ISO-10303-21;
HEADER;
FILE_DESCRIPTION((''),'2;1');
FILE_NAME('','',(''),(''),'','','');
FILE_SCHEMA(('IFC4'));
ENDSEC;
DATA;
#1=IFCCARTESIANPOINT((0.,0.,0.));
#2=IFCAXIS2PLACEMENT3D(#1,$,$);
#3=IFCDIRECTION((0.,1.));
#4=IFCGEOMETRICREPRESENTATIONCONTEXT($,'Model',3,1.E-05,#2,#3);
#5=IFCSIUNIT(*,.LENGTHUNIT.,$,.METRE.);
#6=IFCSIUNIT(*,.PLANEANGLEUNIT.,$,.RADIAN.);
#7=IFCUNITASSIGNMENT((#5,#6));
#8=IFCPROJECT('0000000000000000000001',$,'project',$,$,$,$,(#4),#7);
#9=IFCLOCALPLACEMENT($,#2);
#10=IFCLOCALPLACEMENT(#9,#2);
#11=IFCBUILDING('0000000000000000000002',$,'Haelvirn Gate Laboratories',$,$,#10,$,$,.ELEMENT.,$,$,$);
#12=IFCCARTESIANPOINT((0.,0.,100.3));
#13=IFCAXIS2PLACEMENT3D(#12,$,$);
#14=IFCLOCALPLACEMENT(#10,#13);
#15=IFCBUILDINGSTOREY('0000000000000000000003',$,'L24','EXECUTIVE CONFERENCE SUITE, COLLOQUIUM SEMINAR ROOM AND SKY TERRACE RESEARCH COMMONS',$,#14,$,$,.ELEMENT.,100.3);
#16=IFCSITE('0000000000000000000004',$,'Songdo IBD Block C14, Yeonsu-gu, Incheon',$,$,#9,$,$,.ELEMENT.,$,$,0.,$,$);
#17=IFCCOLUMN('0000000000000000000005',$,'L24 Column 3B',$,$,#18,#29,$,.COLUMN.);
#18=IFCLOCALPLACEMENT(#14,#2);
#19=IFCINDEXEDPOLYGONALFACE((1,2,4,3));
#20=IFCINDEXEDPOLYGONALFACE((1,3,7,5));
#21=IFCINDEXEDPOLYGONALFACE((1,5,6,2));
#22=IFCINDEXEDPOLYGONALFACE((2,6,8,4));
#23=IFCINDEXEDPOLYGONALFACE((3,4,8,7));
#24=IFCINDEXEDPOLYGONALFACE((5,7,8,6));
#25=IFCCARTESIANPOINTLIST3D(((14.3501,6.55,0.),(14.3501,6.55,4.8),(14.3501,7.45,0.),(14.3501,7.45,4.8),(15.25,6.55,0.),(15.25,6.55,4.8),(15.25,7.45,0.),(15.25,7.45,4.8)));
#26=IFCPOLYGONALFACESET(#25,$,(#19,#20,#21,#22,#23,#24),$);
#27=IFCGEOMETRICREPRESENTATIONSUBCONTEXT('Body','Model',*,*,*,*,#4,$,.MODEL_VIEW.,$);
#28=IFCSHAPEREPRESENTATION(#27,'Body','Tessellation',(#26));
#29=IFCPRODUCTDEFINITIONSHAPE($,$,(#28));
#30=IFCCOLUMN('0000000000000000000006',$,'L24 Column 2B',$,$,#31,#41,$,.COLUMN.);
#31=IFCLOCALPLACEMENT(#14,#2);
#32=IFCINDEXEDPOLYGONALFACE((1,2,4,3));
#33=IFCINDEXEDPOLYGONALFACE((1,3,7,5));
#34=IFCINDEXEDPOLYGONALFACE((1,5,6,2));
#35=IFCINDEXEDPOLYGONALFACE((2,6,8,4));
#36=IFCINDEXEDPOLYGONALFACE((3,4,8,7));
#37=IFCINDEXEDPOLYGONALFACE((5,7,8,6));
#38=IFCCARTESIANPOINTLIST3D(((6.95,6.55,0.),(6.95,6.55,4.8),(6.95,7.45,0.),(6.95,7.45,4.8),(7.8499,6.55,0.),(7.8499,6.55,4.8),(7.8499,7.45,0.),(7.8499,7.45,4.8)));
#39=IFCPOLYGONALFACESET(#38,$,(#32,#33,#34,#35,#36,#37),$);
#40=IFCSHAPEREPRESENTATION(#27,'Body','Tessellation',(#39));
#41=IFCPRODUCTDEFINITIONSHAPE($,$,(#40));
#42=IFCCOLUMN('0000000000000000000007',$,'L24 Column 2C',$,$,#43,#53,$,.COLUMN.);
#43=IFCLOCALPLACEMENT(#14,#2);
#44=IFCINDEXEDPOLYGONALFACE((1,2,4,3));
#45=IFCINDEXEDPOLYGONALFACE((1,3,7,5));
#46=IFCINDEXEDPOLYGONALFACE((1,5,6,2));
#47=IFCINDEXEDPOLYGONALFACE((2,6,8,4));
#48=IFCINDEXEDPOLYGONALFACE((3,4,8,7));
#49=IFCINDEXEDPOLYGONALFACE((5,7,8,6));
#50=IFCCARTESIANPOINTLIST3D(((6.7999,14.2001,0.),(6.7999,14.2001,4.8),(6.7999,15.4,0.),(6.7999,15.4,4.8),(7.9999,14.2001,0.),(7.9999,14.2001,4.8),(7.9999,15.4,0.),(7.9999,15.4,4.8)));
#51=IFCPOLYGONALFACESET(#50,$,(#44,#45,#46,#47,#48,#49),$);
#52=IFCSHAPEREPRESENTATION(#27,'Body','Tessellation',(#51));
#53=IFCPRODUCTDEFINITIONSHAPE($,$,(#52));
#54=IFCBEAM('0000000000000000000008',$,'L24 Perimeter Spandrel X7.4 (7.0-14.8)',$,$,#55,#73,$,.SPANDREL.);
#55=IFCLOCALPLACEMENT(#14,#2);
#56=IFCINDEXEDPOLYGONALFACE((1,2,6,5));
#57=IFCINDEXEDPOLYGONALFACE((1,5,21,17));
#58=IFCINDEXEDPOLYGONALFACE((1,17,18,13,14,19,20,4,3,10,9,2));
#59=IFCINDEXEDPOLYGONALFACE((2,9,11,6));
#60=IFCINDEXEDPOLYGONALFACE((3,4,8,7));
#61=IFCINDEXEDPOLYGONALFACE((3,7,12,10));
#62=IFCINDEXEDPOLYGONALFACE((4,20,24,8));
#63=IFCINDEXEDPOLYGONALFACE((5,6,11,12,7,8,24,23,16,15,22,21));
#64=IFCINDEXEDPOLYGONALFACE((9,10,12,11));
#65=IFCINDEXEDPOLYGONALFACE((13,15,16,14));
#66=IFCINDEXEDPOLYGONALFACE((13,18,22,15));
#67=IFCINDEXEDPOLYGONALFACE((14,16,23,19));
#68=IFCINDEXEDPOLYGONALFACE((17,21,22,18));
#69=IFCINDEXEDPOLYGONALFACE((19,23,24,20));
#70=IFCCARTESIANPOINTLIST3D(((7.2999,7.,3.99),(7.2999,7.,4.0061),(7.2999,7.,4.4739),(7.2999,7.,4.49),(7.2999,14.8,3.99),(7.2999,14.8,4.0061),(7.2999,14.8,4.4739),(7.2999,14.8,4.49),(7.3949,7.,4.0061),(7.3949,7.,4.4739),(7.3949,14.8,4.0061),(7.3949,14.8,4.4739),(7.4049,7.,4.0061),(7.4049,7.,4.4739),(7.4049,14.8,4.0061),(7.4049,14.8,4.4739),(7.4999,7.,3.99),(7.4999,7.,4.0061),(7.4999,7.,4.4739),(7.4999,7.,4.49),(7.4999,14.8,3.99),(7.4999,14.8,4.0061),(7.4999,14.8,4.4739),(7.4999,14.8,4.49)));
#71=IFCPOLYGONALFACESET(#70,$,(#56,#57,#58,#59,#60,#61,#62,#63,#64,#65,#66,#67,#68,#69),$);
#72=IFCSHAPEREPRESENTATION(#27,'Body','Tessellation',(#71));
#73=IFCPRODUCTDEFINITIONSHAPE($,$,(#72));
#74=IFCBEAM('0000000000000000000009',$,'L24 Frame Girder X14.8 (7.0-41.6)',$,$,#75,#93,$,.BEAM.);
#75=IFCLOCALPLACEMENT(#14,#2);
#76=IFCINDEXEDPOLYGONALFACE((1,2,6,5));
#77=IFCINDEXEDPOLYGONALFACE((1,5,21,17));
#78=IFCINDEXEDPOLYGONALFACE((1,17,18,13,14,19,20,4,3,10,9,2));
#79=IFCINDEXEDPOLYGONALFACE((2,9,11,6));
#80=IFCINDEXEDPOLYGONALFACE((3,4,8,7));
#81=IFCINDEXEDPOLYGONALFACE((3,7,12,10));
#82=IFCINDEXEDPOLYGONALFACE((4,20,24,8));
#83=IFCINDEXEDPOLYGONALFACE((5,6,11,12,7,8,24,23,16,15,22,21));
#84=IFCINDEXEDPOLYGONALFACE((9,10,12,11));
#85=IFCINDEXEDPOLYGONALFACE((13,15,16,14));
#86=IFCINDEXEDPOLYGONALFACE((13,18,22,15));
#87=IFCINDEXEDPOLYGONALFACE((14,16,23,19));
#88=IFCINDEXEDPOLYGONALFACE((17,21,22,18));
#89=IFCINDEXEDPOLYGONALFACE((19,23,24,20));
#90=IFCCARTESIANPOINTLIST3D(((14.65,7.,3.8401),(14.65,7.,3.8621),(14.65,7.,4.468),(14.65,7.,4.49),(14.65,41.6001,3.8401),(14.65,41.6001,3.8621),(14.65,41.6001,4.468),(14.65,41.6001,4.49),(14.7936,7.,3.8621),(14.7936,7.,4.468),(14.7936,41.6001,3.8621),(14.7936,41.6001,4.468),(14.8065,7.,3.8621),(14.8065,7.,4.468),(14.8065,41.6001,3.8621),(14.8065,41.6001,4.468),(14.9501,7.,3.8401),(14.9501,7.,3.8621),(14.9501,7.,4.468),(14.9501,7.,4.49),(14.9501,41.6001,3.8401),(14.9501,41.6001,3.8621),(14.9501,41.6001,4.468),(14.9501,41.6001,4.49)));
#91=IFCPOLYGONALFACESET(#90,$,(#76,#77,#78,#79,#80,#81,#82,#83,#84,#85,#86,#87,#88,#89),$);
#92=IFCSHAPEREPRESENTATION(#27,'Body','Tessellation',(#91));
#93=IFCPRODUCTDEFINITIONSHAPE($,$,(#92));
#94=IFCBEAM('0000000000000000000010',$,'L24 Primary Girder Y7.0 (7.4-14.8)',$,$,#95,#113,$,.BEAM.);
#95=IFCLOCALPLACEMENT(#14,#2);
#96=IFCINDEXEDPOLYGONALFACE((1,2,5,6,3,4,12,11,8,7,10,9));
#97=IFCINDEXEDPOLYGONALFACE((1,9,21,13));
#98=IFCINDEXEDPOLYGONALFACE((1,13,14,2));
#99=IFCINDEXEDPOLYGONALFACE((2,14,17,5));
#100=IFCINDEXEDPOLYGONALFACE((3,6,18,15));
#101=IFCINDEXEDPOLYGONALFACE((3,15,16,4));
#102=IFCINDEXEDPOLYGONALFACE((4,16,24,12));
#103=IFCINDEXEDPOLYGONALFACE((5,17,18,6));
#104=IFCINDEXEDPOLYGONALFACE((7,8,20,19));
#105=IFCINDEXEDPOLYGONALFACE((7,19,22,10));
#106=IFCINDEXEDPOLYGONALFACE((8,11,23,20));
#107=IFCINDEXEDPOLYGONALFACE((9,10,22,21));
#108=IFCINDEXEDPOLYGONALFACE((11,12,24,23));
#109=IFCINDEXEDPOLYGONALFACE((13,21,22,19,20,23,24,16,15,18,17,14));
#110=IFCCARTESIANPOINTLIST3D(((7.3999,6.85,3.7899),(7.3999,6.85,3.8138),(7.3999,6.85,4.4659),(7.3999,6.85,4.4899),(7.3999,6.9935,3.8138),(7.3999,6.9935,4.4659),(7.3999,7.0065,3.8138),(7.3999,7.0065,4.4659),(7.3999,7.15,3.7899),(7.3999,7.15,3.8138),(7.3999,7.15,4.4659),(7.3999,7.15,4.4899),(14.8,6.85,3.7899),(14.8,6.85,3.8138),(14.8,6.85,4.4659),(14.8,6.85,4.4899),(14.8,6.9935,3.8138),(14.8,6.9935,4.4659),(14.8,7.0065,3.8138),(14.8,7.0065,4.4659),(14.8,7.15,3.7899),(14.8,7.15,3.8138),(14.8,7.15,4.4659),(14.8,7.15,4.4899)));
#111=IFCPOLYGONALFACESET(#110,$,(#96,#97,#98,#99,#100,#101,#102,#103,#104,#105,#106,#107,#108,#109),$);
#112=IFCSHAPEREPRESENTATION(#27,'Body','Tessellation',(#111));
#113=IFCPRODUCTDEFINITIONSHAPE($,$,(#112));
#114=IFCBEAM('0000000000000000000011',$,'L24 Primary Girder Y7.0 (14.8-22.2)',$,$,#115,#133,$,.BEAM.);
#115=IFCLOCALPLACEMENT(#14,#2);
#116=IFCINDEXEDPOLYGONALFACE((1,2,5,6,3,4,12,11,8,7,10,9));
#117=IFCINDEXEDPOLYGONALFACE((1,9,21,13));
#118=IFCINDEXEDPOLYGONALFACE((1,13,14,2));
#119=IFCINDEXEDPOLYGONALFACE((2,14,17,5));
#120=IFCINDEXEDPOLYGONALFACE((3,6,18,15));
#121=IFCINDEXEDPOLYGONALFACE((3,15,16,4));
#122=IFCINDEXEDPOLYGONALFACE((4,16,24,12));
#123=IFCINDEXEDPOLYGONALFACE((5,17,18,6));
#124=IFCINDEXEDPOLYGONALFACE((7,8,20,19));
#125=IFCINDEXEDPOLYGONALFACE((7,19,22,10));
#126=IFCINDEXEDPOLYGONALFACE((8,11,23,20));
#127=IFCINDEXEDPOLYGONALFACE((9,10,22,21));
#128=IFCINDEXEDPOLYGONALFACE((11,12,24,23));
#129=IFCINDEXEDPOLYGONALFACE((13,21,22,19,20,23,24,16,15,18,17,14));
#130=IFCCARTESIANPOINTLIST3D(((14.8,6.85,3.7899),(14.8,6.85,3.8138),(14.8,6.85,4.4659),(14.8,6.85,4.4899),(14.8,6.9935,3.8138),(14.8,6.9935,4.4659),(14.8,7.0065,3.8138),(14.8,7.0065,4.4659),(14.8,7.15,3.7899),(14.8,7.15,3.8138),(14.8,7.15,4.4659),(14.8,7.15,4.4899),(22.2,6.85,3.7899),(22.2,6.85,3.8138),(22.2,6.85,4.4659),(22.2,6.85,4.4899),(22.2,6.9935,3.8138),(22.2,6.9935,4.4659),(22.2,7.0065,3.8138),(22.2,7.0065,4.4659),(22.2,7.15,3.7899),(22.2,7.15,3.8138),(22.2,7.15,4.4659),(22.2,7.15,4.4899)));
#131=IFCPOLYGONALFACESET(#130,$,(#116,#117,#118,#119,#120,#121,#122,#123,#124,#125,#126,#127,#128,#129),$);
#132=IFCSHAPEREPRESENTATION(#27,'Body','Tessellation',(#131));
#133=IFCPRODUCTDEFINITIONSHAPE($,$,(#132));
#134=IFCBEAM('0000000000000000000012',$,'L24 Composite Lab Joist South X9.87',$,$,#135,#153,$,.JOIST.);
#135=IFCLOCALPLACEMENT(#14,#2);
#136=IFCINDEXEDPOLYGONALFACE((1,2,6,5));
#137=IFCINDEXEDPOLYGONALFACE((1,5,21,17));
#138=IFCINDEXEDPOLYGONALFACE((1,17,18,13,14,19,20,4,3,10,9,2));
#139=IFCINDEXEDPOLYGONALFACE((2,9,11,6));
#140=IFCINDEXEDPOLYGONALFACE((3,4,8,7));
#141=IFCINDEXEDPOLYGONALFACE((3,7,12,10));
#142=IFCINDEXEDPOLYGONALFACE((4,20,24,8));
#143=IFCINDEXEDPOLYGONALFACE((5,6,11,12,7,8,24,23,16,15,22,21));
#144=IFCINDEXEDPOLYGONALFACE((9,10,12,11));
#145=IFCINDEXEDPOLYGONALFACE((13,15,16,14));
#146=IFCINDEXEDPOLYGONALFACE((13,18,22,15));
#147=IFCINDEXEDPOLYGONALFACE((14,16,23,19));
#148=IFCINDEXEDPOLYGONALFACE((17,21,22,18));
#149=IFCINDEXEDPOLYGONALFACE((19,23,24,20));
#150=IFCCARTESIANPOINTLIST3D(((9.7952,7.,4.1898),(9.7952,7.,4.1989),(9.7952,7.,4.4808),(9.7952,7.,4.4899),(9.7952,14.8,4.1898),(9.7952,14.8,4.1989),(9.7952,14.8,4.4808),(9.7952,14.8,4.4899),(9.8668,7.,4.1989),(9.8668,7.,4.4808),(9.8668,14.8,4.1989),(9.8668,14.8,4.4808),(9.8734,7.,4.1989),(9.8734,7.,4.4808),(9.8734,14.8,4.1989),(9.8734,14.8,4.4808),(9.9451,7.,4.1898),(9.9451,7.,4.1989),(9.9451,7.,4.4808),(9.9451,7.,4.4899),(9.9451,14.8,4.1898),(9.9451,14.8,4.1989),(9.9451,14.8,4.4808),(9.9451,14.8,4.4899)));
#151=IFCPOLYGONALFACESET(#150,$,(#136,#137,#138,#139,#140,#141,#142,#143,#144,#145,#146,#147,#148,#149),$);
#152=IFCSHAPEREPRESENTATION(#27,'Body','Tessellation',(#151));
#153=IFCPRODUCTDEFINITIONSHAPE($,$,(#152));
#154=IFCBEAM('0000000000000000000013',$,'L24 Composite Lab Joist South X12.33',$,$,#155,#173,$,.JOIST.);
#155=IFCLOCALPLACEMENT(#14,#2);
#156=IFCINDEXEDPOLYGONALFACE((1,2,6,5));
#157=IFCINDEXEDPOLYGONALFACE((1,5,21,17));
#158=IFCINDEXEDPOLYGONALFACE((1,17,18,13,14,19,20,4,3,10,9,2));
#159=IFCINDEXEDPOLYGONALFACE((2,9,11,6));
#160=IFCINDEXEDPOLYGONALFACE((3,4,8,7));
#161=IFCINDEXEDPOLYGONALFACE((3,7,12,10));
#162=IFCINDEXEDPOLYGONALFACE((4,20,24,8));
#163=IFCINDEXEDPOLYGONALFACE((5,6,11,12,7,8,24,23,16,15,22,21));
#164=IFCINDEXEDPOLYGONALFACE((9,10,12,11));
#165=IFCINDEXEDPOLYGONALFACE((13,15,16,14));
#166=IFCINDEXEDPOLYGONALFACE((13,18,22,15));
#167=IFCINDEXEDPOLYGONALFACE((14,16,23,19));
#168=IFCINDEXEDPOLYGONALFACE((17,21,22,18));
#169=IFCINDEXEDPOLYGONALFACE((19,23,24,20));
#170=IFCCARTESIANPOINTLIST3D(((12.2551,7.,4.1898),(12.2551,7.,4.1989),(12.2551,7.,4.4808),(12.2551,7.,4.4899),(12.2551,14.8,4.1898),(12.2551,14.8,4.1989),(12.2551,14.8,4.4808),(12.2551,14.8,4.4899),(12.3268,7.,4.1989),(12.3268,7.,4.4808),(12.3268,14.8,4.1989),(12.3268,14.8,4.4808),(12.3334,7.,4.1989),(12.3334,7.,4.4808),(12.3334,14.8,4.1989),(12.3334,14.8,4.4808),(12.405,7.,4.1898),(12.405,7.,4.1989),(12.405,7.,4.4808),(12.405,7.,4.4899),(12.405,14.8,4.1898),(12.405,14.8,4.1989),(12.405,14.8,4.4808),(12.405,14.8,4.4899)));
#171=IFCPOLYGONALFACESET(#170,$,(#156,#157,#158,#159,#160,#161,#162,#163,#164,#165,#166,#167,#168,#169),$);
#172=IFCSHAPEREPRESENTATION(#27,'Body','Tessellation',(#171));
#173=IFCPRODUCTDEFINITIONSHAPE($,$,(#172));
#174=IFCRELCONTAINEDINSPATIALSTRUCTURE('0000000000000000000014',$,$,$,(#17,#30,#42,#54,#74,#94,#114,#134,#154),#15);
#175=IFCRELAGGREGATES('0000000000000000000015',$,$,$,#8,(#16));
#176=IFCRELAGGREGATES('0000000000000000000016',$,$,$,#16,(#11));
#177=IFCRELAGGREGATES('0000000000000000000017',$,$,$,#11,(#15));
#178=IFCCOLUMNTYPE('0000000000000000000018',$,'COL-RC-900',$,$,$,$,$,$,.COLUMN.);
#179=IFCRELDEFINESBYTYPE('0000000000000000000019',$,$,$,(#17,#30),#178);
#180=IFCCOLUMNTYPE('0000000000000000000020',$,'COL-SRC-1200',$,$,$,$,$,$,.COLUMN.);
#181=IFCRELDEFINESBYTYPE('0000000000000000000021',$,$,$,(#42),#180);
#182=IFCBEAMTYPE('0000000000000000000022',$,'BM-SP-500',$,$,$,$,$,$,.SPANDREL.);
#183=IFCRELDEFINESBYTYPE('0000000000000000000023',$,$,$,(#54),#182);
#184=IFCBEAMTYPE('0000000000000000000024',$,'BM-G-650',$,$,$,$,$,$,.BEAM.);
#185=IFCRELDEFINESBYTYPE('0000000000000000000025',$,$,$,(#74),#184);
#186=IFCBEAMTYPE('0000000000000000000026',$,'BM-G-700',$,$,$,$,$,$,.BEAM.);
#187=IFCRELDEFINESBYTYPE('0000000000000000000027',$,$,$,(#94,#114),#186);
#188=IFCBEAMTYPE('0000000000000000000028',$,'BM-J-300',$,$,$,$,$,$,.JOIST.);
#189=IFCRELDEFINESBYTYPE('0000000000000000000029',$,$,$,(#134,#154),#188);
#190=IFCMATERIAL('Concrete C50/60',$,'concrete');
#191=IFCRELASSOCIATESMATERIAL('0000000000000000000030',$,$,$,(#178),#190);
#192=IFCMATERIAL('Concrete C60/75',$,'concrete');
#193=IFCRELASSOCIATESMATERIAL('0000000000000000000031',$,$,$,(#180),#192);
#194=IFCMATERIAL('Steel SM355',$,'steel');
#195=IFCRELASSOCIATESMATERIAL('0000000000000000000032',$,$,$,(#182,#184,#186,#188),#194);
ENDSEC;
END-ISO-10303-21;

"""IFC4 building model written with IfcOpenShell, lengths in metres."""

from ifc_helpers import new_model, si_unit, direction, frame, origin, origin_2d, place, context, subcontext, project, spatial, rectangle, i_section, extrude, source, transform, mapped, material, material_profile, profile_set, type_object, type_shapes, element, save


model = new_model("IFC4")

# Units and contexts
model_context = context("Model", 3, precision=1e-05, world=origin(), true_north=direction((0.0, 1.0)))
body_context = subcontext(model_context, "Body", "Model", "MODEL_VIEW")
ifc_project = project(units=[si_unit("LENGTHUNIT", "METRE"), si_unit("PLANEANGLEUNIT", "RADIAN")], contexts=[model_context])

# Site, building, storey
site_placement = place(None, origin())
site = spatial("IfcSite", under=ifc_project, at=site_placement, Name="Songdo IBD Block C14, Yeonsu-gu, Incheon", CompositionType="ELEMENT", RefElevation=0.0)
building_placement = place(site_placement, origin())
building = spatial("IfcBuilding", under=site, at=building_placement, Name="Haelvirn Gate Laboratories", CompositionType="ELEMENT")
storey_placement = place(building_placement, frame((0.0, 0.0, 100.3)))
storey = spatial("IfcBuildingStorey", under=building, at=storey_placement, Name="L24", Description="EXECUTIVE CONFERENCE SUITE, COLLOQUIUM SEMINAR ROOM AND SKY TERRACE RESEARCH COMMONS", CompositionType="ELEMENT", Elevation=100.3)

# Columns
ifc_material_1 = material(Name="Concrete C50/60", Category="concrete")
ifc_material_profile_1 = material_profile(ifc_material_1, rectangle(XDim=0.8999, YDim=0.8999, at=origin_2d()), Name="RC-900x900")
ifc_profile_set_1 = profile_set([ifc_material_profile_1], Name="Concrete C50/60")
column_type_1 = type_object("IfcColumnType", Name="COL-RC-900", PredefinedType="COLUMN", material=ifc_profile_set_1)
shared_shape_1 = source(origin(), body_context, "Body", "SweptSolid", [
    extrude(rectangle(XDim=0.8999, YDim=0.8999, at=origin_2d()), origin(), (0.0, 0.0, 1.0), 4.8),
])
type_shapes(column_type_1, [shared_shape_1])
for number, where, z_axis, x_axis, name in (
    (1, (14.8, 7.0, 0.0), (0.0, 0.0, 1.0), (1.0, 0.0, 0.0), "L24 Column 3B"),
    (2, (7.3999, 7.0, 0.0), (0.0, 0.0, 1.0), (1.0, 0.0, 0.0), "L24 Column 2B"),
):
    element("IfcColumn", number, at=place(storey_placement, frame(where, z_axis=z_axis, x_axis=x_axis)), inside=storey, type_object=column_type_1, Name=name, PredefinedType="COLUMN", context=body_context, shape_type="MappedRepresentation", body=[
        mapped(shared_shape_1, transform((0.0, 0.0, 0.0), scale=1.0)),
    ])
ifc_material_2 = material(Name="Concrete C60/75", Category="concrete")
ifc_material_profile_2 = material_profile(ifc_material_2, rectangle(XDim=1.2, YDim=1.2, at=origin_2d()), Name="SRC-1200x1200")
ifc_profile_set_2 = profile_set([ifc_material_profile_2], Name="Concrete C60/75")
column_type_2 = type_object("IfcColumnType", Name="COL-SRC-1200", PredefinedType="COLUMN", material=ifc_profile_set_2)
shared_shape_2 = source(origin(), body_context, "Body", "SweptSolid", [
    extrude(rectangle(XDim=1.2, YDim=1.2, at=origin_2d()), origin(), (0.0, 0.0, 1.0), 4.8),
])
type_shapes(column_type_2, [shared_shape_2])
column_placement = place(storey_placement, frame((7.3999, 14.8, 0.0), z_axis=(0.0, 0.0, 1.0), x_axis=(1.0, 0.0, 0.0)))
element("IfcColumn", 3, at=column_placement, inside=storey, type_object=column_type_2, Name="L24 Column 2C", PredefinedType="COLUMN", context=body_context, shape_type="MappedRepresentation", body=[
    mapped(shared_shape_2, transform((0.0, 0.0, 0.0), scale=1.0)),
])

# Beams
ifc_material_3 = material(Name="Steel SM355", Category="steel")
ifc_material_profile_3 = material_profile(ifc_material_3, i_section(OverallWidth=0.2, OverallDepth=0.5, WebThickness=0.01, FlangeThickness=0.0161, at=origin_2d()), Name="H-500x200x10x16")
ifc_profile_set_3 = profile_set([ifc_material_profile_3], Name="Steel SM355")
beam_type_1 = type_object("IfcBeamType", Name="BM-SP-500", PredefinedType="SPANDREL", material=ifc_profile_set_3)
shared_shape_3 = source(origin(), body_context, "Body", "SweptSolid", [
    extrude(i_section(OverallWidth=0.2, OverallDepth=0.5, WebThickness=0.01, FlangeThickness=0.0161, at=origin_2d()), origin(), (0.0, 0.0, 1.0), 7.8),
])
type_shapes(beam_type_1, [shared_shape_3])
beam_1_placement = place(storey_placement, frame((7.3999, 7.0, 4.24), z_axis=(0.0, 1.0, 0.0), x_axis=(-1.0, 0.0, 0.0)))
element("IfcBeam", 4, at=beam_1_placement, inside=storey, type_object=beam_type_1, Name="L24 Perimeter Spandrel X7.4 (7.0-14.8)", PredefinedType="SPANDREL", context=body_context, shape_type="MappedRepresentation", body=[
    mapped(shared_shape_3, transform((0.0, 0.0, 0.0), scale=1.0)),
])
ifc_material_profile_4 = material_profile(ifc_material_3, i_section(OverallWidth=0.3, OverallDepth=0.6499, WebThickness=0.0129, FlangeThickness=0.022, at=origin_2d()), Name="H-650x300x13x22")
ifc_profile_set_4 = profile_set([ifc_material_profile_4], Name="Steel SM355")
beam_type_2 = type_object("IfcBeamType", Name="BM-G-650", PredefinedType="BEAM", material=ifc_profile_set_4)
shared_shape_4 = source(origin(), body_context, "Body", "SweptSolid", [
    extrude(i_section(OverallWidth=0.3, OverallDepth=0.6499, WebThickness=0.0129, FlangeThickness=0.022, at=origin_2d()), origin(), (0.0, 0.0, 1.0), 34.6001),
])
type_shapes(beam_type_2, [shared_shape_4])
beam_2_placement = place(storey_placement, frame((14.8, 7.0, 4.165), z_axis=(0.0, 1.0, 0.0), x_axis=(-1.0, 0.0, 0.0)))
element("IfcBeam", 5, at=beam_2_placement, inside=storey, type_object=beam_type_2, Name="L24 Frame Girder X14.8 (7.0-41.6)", PredefinedType="BEAM", context=body_context, shape_type="MappedRepresentation", body=[
    mapped(shared_shape_4, transform((0.0, 0.0, 0.0), scale=1.0)),
])
ifc_material_profile_5 = material_profile(ifc_material_3, i_section(OverallWidth=0.3, OverallDepth=0.7, WebThickness=0.0129, FlangeThickness=0.0239, at=origin_2d()), Name="H-700x300x13x24")
ifc_profile_set_5 = profile_set([ifc_material_profile_5], Name="Steel SM355")
beam_type_3 = type_object("IfcBeamType", Name="BM-G-700", PredefinedType="BEAM", material=ifc_profile_set_5)
shared_shape_5 = source(origin(), body_context, "Body", "SweptSolid", [
    extrude(i_section(OverallWidth=0.3, OverallDepth=0.7, WebThickness=0.0129, FlangeThickness=0.0239, at=origin_2d()), origin(), (0.0, 0.0, 1.0), 7.4001),
])
beam_3_placement = place(storey_placement, frame((7.3999, 7.0, 4.1399), z_axis=(1.0, 0.0, 0.0), x_axis=(0.0, 1.0, 0.0)))
element("IfcBeam", 6, at=beam_3_placement, inside=storey, type_object=beam_type_3, Name="L24 Primary Girder Y7.0 (7.4-14.8)", PredefinedType="BEAM", context=body_context, shape_type="MappedRepresentation", body=[
    mapped(shared_shape_5, transform((0.0, 0.0, 0.0), scale=1.0)),
])
shared_shape_6 = source(origin(), body_context, "Body", "SweptSolid", [
    extrude(i_section(OverallWidth=0.3, OverallDepth=0.7, WebThickness=0.0129, FlangeThickness=0.0239, at=origin_2d()), origin(), (0.0, 0.0, 1.0), 7.3999),
])
type_shapes(beam_type_3, [shared_shape_5, shared_shape_6])
beam_4_placement = place(storey_placement, frame((14.8, 7.0, 4.1399), z_axis=(1.0, 0.0, 0.0), x_axis=(0.0, 1.0, 0.0)))
element("IfcBeam", 7, at=beam_4_placement, inside=storey, type_object=beam_type_3, Name="L24 Primary Girder Y7.0 (14.8-22.2)", PredefinedType="BEAM", context=body_context, shape_type="MappedRepresentation", body=[
    mapped(shared_shape_6, transform((0.0, 0.0, 0.0), scale=1.0)),
])
ifc_material_profile_6 = material_profile(ifc_material_3, i_section(OverallWidth=0.1499, OverallDepth=0.3, WebThickness=0.0066, FlangeThickness=0.009, at=origin_2d()), Name="H-300x150x6.5x9")
ifc_profile_set_6 = profile_set([ifc_material_profile_6], Name="Steel SM355")
beam_type_4 = type_object("IfcBeamType", Name="BM-J-300", PredefinedType="JOIST", material=ifc_profile_set_6)
shared_shape_7 = source(origin(), body_context, "Body", "SweptSolid", [
    extrude(i_section(OverallWidth=0.1499, OverallDepth=0.3, WebThickness=0.0066, FlangeThickness=0.009, at=origin_2d()), origin(), (0.0, 0.0, 1.0), 7.8),
])
type_shapes(beam_type_4, [shared_shape_7])
for number, where, z_axis, x_axis, name in (
    (8, (9.8701, 7.0, 4.3398), (0.0, 1.0, 0.0), (-1.0, 0.0, 0.0), "L24 Composite Lab Joist South X9.87"),
    (9, (12.3301, 7.0, 4.3398), (0.0, 1.0, 0.0), (-1.0, 0.0, 0.0), "L24 Composite Lab Joist South X12.33"),
):
    element("IfcBeam", number, at=place(storey_placement, frame(where, z_axis=z_axis, x_axis=x_axis)), inside=storey, type_object=beam_type_4, Name=name, PredefinedType="JOIST", context=body_context, shape_type="MappedRepresentation", body=[
        mapped(shared_shape_7, transform((0.0, 0.0, 0.0), scale=1.0)),
    ])

save(model, "model.ifc")
